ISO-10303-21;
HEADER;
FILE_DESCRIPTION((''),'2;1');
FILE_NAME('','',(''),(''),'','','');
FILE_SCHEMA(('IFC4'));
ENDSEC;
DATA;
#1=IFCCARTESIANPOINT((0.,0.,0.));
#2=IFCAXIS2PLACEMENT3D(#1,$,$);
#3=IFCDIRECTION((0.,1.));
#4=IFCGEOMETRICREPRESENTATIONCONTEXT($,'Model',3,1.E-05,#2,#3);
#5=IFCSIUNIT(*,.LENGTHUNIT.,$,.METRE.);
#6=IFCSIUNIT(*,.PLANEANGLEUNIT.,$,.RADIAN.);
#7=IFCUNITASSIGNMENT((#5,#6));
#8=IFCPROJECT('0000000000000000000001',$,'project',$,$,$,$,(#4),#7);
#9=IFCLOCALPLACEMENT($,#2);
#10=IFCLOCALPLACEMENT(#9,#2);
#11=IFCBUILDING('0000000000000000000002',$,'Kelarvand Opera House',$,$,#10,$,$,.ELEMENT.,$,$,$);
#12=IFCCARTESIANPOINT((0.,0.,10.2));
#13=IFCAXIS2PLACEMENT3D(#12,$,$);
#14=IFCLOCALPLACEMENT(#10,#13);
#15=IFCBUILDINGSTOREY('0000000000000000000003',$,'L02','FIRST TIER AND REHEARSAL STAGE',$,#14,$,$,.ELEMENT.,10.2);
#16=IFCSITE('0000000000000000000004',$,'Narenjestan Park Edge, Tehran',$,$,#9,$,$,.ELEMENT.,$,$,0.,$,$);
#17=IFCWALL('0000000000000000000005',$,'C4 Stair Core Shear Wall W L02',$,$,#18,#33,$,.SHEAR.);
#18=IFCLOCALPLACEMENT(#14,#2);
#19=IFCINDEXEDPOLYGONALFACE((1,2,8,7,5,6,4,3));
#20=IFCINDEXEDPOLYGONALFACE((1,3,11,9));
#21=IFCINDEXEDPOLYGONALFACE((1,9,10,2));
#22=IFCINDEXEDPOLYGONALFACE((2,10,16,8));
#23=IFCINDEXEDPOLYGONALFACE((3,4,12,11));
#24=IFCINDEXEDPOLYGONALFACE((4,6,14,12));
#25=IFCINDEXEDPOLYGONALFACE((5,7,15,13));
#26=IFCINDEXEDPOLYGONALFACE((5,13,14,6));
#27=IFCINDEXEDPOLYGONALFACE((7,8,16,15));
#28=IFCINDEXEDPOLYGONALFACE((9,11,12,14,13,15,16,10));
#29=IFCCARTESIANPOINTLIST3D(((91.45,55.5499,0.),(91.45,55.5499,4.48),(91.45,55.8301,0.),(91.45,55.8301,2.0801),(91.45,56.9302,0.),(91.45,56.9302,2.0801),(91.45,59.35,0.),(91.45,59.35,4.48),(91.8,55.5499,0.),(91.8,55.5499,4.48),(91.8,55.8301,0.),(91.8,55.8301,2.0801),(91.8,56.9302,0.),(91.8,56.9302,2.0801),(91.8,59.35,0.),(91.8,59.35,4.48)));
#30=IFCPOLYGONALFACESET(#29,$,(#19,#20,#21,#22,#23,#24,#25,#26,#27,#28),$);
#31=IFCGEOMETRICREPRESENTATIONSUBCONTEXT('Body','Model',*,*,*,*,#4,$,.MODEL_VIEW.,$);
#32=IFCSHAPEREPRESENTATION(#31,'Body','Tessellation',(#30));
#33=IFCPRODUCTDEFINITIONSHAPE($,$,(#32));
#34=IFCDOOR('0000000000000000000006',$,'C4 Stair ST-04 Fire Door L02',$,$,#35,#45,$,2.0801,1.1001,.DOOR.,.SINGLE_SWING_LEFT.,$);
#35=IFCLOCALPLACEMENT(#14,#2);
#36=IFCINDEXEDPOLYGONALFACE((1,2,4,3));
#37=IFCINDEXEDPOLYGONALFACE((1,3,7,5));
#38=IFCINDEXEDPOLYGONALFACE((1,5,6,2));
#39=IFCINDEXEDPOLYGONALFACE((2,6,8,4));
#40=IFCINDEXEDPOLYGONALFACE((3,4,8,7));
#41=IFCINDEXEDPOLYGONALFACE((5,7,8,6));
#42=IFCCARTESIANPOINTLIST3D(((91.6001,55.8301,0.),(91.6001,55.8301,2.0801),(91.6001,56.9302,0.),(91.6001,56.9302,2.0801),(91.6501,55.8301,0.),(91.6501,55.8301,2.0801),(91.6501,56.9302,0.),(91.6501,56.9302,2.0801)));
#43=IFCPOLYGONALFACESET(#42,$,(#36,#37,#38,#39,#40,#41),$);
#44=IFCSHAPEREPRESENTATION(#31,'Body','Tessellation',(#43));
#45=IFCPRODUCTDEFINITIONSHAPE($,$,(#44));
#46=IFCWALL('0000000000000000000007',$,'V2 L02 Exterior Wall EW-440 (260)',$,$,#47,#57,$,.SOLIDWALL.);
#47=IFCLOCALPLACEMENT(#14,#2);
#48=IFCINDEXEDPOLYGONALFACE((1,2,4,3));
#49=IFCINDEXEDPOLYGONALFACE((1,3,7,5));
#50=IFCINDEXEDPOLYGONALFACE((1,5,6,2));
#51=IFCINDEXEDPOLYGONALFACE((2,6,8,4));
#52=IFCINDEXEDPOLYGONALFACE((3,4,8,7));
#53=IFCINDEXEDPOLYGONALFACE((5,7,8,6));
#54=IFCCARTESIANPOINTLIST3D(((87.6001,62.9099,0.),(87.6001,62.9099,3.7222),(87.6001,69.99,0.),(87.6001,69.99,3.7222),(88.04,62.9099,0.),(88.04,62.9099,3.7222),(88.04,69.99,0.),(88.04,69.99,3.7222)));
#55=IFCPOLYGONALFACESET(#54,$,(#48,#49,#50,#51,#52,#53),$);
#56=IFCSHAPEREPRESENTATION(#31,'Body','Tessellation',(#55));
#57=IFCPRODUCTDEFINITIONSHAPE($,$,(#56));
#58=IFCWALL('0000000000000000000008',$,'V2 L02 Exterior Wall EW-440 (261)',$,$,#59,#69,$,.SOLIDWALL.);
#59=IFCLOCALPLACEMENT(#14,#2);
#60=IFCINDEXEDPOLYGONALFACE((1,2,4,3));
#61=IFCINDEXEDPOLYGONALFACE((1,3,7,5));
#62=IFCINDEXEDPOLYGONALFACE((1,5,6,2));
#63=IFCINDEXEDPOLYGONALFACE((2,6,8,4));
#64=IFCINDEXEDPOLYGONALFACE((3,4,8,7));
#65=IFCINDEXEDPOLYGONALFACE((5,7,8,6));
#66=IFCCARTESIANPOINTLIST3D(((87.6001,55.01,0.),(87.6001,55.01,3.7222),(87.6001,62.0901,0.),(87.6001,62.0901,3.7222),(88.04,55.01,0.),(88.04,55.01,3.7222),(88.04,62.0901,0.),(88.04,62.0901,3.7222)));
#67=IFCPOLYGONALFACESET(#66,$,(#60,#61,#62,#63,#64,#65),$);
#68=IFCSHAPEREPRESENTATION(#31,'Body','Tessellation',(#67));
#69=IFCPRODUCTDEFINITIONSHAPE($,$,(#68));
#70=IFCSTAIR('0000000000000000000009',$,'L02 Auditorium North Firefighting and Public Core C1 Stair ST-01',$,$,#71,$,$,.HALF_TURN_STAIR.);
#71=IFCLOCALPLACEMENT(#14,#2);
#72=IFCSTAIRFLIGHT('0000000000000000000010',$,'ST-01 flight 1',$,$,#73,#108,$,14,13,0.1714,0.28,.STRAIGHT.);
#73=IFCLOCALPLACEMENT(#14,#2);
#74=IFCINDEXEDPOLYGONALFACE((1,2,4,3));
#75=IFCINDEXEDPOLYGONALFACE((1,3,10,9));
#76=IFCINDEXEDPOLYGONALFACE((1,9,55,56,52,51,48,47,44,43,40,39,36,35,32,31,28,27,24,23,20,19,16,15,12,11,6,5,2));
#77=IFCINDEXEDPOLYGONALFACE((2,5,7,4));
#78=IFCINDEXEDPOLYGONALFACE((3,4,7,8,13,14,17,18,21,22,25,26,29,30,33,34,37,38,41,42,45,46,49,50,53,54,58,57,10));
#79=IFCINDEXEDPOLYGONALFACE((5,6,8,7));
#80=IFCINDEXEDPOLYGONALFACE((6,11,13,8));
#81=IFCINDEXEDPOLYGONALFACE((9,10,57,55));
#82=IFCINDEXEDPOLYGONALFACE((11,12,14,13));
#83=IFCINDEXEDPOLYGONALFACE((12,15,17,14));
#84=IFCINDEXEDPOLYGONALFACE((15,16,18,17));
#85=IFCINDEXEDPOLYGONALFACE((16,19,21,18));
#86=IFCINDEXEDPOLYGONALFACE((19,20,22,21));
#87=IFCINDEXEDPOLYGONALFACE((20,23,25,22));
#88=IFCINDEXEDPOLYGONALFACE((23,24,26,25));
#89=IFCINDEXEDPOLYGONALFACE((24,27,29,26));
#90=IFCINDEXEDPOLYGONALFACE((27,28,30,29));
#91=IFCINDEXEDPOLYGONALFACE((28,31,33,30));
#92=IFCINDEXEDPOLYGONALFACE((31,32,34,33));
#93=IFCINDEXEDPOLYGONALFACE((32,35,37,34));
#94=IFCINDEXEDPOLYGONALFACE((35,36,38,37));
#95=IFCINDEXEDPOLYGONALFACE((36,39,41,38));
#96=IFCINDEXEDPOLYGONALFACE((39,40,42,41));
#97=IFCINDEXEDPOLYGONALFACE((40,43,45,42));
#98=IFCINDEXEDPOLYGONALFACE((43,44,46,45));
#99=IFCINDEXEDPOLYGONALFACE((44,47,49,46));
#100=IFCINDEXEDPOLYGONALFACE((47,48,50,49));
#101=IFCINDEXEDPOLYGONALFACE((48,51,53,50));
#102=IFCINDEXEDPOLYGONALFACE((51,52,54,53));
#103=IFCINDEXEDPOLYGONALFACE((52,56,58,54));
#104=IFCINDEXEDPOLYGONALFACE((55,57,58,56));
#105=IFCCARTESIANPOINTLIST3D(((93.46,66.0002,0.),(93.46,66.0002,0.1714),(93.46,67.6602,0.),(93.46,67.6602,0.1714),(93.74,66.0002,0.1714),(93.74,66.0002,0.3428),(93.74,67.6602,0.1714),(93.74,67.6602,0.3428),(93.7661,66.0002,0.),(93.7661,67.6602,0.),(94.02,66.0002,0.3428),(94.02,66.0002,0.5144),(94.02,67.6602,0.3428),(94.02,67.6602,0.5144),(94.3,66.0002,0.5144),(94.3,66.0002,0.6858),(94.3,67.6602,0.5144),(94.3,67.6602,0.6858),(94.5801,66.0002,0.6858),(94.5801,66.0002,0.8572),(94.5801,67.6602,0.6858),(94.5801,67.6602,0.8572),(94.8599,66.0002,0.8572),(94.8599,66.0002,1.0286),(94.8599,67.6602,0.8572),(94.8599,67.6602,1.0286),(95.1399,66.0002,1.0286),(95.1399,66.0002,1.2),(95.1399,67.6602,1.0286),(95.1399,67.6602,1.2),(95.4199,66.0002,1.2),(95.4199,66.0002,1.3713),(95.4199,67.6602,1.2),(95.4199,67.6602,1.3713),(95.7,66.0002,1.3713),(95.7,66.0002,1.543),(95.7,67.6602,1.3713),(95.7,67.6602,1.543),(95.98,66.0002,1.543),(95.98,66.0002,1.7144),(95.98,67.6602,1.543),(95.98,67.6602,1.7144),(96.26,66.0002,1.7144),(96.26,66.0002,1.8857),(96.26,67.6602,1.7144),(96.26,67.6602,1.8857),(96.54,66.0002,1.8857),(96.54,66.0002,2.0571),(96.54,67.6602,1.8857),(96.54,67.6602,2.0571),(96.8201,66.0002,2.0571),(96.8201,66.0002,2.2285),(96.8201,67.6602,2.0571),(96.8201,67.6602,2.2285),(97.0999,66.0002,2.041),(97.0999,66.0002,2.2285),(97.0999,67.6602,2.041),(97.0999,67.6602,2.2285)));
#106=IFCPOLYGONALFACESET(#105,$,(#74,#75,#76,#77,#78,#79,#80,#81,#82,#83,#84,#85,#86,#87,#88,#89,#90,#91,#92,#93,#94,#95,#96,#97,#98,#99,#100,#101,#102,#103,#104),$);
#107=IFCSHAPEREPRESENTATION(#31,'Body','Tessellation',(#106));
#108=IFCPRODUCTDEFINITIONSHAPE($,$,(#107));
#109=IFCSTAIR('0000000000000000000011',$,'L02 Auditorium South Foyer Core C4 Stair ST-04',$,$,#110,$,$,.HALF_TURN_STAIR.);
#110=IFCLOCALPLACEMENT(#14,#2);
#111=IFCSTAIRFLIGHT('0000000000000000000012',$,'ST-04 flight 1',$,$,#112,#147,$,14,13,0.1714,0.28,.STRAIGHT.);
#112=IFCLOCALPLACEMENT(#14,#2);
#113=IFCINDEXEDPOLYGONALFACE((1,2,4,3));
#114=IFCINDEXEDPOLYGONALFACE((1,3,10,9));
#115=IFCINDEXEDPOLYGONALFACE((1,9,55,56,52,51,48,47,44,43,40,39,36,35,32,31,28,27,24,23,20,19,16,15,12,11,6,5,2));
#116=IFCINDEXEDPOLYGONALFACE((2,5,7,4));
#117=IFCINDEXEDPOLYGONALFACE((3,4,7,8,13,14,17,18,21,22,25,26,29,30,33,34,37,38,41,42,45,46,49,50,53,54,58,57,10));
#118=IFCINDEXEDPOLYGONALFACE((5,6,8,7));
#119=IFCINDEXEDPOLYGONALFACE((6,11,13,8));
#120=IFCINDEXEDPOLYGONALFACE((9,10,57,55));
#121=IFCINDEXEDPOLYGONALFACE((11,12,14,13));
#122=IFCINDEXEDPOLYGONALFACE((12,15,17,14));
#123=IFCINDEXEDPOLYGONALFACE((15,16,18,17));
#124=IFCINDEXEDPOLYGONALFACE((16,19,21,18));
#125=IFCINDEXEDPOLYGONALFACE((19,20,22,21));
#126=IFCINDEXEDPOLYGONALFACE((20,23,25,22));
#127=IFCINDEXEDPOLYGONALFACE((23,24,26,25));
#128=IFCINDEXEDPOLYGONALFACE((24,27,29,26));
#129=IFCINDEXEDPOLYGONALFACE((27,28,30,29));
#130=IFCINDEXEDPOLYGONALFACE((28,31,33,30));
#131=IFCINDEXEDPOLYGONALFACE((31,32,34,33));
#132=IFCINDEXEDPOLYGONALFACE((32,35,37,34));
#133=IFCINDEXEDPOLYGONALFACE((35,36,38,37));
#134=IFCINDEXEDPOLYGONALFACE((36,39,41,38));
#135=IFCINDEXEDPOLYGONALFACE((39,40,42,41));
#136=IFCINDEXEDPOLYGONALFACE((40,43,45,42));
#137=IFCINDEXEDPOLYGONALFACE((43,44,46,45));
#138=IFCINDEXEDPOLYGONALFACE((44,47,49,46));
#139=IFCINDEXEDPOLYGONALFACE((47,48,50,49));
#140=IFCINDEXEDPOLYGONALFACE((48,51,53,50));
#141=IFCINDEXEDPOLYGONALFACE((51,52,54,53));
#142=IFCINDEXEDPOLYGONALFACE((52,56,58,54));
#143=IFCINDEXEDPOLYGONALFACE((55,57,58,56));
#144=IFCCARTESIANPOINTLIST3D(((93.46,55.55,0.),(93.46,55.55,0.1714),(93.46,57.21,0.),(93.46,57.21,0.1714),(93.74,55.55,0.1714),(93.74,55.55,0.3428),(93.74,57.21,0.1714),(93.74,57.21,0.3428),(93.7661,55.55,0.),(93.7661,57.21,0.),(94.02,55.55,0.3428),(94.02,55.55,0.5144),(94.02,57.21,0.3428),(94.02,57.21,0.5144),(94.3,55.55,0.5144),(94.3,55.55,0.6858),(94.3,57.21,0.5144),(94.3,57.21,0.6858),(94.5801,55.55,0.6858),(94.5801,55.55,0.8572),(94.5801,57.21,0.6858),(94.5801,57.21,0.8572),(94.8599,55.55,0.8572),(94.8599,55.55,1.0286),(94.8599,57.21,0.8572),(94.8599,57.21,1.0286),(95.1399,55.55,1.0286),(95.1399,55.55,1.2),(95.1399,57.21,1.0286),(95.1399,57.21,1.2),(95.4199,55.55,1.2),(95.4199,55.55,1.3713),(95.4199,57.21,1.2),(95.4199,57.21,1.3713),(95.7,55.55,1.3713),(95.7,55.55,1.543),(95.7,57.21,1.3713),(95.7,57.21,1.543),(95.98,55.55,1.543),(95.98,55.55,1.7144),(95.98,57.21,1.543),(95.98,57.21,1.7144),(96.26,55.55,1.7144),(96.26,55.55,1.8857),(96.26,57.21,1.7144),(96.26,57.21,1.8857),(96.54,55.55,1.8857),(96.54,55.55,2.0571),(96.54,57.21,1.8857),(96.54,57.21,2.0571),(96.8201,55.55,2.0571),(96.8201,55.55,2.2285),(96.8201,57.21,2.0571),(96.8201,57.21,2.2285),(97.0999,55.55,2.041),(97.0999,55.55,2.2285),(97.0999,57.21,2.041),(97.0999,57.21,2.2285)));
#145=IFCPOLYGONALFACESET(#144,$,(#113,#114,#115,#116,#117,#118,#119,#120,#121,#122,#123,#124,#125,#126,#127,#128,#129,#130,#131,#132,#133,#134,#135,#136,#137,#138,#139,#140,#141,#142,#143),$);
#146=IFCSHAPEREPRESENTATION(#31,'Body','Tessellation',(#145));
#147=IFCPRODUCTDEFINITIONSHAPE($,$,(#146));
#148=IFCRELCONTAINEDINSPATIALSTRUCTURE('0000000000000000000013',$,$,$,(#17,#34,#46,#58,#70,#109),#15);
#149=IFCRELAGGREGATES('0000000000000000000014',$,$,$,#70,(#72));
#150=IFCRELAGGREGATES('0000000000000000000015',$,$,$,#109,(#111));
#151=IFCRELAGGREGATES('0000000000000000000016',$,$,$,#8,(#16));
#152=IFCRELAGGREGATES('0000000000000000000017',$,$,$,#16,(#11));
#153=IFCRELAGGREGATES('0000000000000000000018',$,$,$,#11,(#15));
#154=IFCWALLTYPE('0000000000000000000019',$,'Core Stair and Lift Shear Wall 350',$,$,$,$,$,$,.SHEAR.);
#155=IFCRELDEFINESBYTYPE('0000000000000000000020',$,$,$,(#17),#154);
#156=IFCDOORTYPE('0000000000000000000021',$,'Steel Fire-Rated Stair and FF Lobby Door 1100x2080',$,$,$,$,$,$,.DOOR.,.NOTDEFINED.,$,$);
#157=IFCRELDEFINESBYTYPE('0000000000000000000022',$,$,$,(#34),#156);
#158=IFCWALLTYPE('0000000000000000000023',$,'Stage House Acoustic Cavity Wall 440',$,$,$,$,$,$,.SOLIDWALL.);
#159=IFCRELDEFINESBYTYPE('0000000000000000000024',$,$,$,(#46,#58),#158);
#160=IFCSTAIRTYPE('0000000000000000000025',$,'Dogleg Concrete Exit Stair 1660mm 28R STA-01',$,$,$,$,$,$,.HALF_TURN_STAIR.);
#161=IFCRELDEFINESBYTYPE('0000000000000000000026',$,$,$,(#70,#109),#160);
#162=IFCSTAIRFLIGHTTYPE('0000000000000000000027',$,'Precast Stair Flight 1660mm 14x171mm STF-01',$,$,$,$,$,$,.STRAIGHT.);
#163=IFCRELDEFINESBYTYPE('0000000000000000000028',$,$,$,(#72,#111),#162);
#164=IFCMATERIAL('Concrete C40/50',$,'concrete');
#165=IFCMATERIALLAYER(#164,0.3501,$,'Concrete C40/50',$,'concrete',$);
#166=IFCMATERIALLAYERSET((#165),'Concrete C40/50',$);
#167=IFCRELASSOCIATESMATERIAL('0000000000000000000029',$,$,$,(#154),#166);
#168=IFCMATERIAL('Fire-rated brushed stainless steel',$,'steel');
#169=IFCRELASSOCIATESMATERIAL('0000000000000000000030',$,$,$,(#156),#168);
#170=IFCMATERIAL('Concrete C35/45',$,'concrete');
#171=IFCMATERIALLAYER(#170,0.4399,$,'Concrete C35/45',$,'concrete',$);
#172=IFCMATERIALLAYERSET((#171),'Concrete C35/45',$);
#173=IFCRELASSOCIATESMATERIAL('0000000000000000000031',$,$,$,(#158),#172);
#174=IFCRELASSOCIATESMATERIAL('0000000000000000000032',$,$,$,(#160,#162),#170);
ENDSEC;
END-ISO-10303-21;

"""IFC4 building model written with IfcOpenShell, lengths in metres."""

from ifc_helpers import new_model, si_unit, direction, frame, frame_2d, origin, place, context, subcontext, project, spatial, polyline, rectangle, outline, extrude, material, layer, layer_set, type_object, element, fill, aggregate, save


model = new_model("IFC4")

# Units and contexts
model_context = context("Model", 3, precision=1e-05, world=origin(), true_north=direction((0.0, 1.0)))
body_context = subcontext(model_context, "Body", "Model", "MODEL_VIEW")
ifc_project = project(units=[si_unit("LENGTHUNIT", "METRE"), si_unit("PLANEANGLEUNIT", "RADIAN")], contexts=[model_context])

# Site, building, storey
site_placement = place(None, origin())
site = spatial("IfcSite", under=ifc_project, at=site_placement, Name="Narenjestan Park Edge, Tehran", CompositionType="ELEMENT", RefElevation=0.0)
building_placement = place(site_placement, origin())
building = spatial("IfcBuilding", under=site, at=building_placement, Name="Kelarvand Opera House", CompositionType="ELEMENT")
storey_placement = place(building_placement, frame((0.0, 0.0, 10.2)))
storey = spatial("IfcBuildingStorey", under=building, at=storey_placement, Name="L02", Description="FIRST TIER AND REHEARSAL STAGE", CompositionType="ELEMENT", Elevation=10.2)

# Shared definitions
ifc_material_1 = material(Name="Concrete C40/50", Category="concrete")

# Shared definitions
ifc_material_2 = material(Name="Concrete C35/45", Category="concrete")

# Shared definitions
ifc_layer_1 = layer(ifc_material_1, 0.3501, Name="Concrete C40/50", Category="concrete")
ifc_layer_set_1 = layer_set([ifc_layer_1], Name="Concrete C40/50")
wall_type_1 = type_object("IfcWallType", Name="Core Stair and Lift Shear Wall 350", PredefinedType="SHEAR", material=ifc_layer_set_1)

# Shared definitions
ifc_material_3 = material(Name="Fire-rated brushed stainless steel", Category="steel")
door_type = type_object("IfcDoorType", Name="Steel Fire-Rated Stair and FF Lobby Door 1100x2080", OperationType="NOTDEFINED", PredefinedType="DOOR", material=ifc_material_3)

# Wall, opening, door
wall_1_placement = place(storey_placement, frame((91.625, 55.55, 0.0), z_axis=(0.0, 0.0, 1.0), x_axis=(0.0, 1.0, 0.0)))
wall_1 = element("IfcWall", 1, at=wall_1_placement, inside=storey, type_object=wall_type_1, Name="C4 Stair Core Shear Wall W L02", PredefinedType="SHEAR", context=body_context, shape_type="SweptSolid", body=[
    extrude(rectangle(XDim=3.8, YDim=0.3501, at=frame_2d((1.8999, 0.0))), origin(), (0.0, 0.0, 1.0), 4.48),
])
opening_1_placement = place(wall_1_placement, frame((0.28, 0.0, 0.0)))
opening_1 = element("IfcOpeningElement", 2, at=opening_1_placement, cuts=wall_1, PredefinedType="OPENING", context=body_context, shape_type="SweptSolid", body=[
    extrude(rectangle(XDim=1.1001, YDim=2.0801, at=frame_2d((0.55, 1.04))), frame((0.0, 0.1851, 0.0), z_axis=(0.0, -1.0, 0.0), x_axis=(1.0, 0.0, 0.0)), (0.0, 0.0, 1.0), 0.3701),
])
door_1_placement = place(opening_1_placement, origin())
door_1 = element("IfcDoor", 3, at=door_1_placement, inside=storey, type_object=door_type, Name="C4 Stair ST-04 Fire Door L02", OperationType="SINGLE_SWING_LEFT", OverallHeight=2.0801, OverallWidth=1.1001, PredefinedType="DOOR", context=body_context, shape_type="SweptSolid", body=[
    extrude(rectangle(XDim=1.1001, YDim=2.0801, at=frame_2d((0.55, 1.04))), frame((0.0, 0.0249, 0.0), z_axis=(0.0, -1.0, 0.0), x_axis=(1.0, 0.0, 0.0)), (0.0, 0.0, 1.0), 0.05),
])
fill(opening_1, door_1)

# Walls
ifc_layer_2 = layer(ifc_material_2, 0.4399, Name="Concrete C35/45", Category="concrete")
ifc_layer_set_2 = layer_set([ifc_layer_2], Name="Concrete C35/45")
wall_type_2 = type_object("IfcWallType", Name="Stage House Acoustic Cavity Wall 440", PredefinedType="SOLIDWALL", material=ifc_layer_set_2)
for number, where, z_axis, x_axis, name in (
    (4, (87.8201, 69.99, 0.0), (0.0, 0.0, 1.0), (0.0, -1.0, 0.0), "V2 L02 Exterior Wall EW-440 (260)"),
    (5, (87.8201, 62.0901, 0.0), (0.0, 0.0, 1.0), (0.0, -1.0, 0.0), "V2 L02 Exterior Wall EW-440 (261)"),
):
    element("IfcWall", number, at=place(storey_placement, frame(where, z_axis=z_axis, x_axis=x_axis)), inside=storey, type_object=wall_type_2, Name=name, PredefinedType="SOLIDWALL", context=body_context, shape_type="SweptSolid", body=[
        extrude(rectangle(XDim=7.0801, YDim=0.4399, at=frame_2d((3.54, 0.0))), origin(), (0.0, 0.0, 1.0), 3.7222),
    ])

# Stairs, stair flights
stair_type = type_object("IfcStairType", Name="Dogleg Concrete Exit Stair 1660mm 28R STA-01", PredefinedType="HALF_TURN_STAIR", material=ifc_material_2)
stair_1_placement = place(storey_placement, origin())
stair_1 = element("IfcStair", 6, at=stair_1_placement, inside=storey, type_object=stair_type, Name="L02 Auditorium North Firefighting and Public Core C1 Stair ST-01", PredefinedType="HALF_TURN_STAIR")
stair_flight_type = type_object("IfcStairFlightType", Name="Precast Stair Flight 1660mm 14x171mm STF-01", PredefinedType="STRAIGHT", material=ifc_material_2)
stair_flight_1_placement = place(storey_placement, frame((93.46, 66.8301, 0.0), z_axis=(0.0, 0.0, 1.0), x_axis=(1.0, 0.0, 0.0)))
stair_flight_1 = element("IfcStairFlight", 7, at=stair_flight_1_placement, type_object=stair_flight_type, Name="ST-01 flight 1", NumberOfRisers=14, NumberOfTreads=13, PredefinedType="STRAIGHT", RiserHeight=0.1714, TreadLength=0.28, context=body_context, shape_type="SweptSolid", body=[
    extrude(outline(polyline([(0.0, 0.0), (0.0, 0.1714), (0.28, 0.1714), (0.28, 0.3428), (0.5601, 0.3428), (0.5601, 0.5144), (0.8401, 0.5144), (0.8401, 0.6858), (1.1201, 0.6858), (1.1201, 0.8572), (1.3999, 0.8572), (1.3999, 1.0286), (1.6799, 1.0286), (1.6799, 1.2), (1.96, 1.2), (1.96, 1.3713), (2.24, 1.3713), (2.24, 1.543), (2.52, 1.543), (2.52, 1.7144), (2.8, 1.7144), (2.8, 1.8857), (3.0801, 1.8857), (3.0801, 2.0571), (3.3601, 2.0571), (3.3601, 2.2285), (3.6399, 2.2285), (3.6399, 2.3999), (3.6399, 2.041), (0.3062, 0.0), (0.0, 0.0)])), frame((0.0, 0.8301, 0.0), z_axis=(0.0, -1.0, 0.0), x_axis=(1.0, 0.0, 0.0)), (0.0, 0.0, 1.0), 1.6599),
])
aggregate(stair_1, [stair_flight_1])
stair_2_placement = place(storey_placement, origin())
stair_2 = element("IfcStair", 8, at=stair_2_placement, inside=storey, type_object=stair_type, Name="L02 Auditorium South Foyer Core C4 Stair ST-04", PredefinedType="HALF_TURN_STAIR")
stair_flight_2_placement = place(storey_placement, frame((93.46, 56.3799, 0.0), z_axis=(0.0, 0.0, 1.0), x_axis=(1.0, 0.0, 0.0)))
stair_flight_2 = element("IfcStairFlight", 9, at=stair_flight_2_placement, type_object=stair_flight_type, Name="ST-04 flight 1", NumberOfRisers=14, NumberOfTreads=13, PredefinedType="STRAIGHT", RiserHeight=0.1714, TreadLength=0.28, context=body_context, shape_type="SweptSolid", body=[
    extrude(outline(polyline([(0.0, 0.0), (0.0, 0.1714), (0.28, 0.1714), (0.28, 0.3428), (0.5601, 0.3428), (0.5601, 0.5144), (0.8401, 0.5144), (0.8401, 0.6858), (1.1201, 0.6858), (1.1201, 0.8572), (1.3999, 0.8572), (1.3999, 1.0286), (1.6799, 1.0286), (1.6799, 1.2), (1.96, 1.2), (1.96, 1.3713), (2.24, 1.3713), (2.24, 1.543), (2.52, 1.543), (2.52, 1.7144), (2.8, 1.7144), (2.8, 1.8857), (3.0801, 1.8857), (3.0801, 2.0571), (3.3601, 2.0571), (3.3601, 2.2285), (3.6399, 2.2285), (3.6399, 2.3999), (3.6399, 2.041), (0.3062, 0.0), (0.0, 0.0)])), frame((0.0, 0.8301, 0.0), z_axis=(0.0, -1.0, 0.0), x_axis=(1.0, 0.0, 0.0)), (0.0, 0.0, 1.0), 1.6599),
])
aggregate(stair_2, [stair_flight_2])

save(model, "model.ifc")
